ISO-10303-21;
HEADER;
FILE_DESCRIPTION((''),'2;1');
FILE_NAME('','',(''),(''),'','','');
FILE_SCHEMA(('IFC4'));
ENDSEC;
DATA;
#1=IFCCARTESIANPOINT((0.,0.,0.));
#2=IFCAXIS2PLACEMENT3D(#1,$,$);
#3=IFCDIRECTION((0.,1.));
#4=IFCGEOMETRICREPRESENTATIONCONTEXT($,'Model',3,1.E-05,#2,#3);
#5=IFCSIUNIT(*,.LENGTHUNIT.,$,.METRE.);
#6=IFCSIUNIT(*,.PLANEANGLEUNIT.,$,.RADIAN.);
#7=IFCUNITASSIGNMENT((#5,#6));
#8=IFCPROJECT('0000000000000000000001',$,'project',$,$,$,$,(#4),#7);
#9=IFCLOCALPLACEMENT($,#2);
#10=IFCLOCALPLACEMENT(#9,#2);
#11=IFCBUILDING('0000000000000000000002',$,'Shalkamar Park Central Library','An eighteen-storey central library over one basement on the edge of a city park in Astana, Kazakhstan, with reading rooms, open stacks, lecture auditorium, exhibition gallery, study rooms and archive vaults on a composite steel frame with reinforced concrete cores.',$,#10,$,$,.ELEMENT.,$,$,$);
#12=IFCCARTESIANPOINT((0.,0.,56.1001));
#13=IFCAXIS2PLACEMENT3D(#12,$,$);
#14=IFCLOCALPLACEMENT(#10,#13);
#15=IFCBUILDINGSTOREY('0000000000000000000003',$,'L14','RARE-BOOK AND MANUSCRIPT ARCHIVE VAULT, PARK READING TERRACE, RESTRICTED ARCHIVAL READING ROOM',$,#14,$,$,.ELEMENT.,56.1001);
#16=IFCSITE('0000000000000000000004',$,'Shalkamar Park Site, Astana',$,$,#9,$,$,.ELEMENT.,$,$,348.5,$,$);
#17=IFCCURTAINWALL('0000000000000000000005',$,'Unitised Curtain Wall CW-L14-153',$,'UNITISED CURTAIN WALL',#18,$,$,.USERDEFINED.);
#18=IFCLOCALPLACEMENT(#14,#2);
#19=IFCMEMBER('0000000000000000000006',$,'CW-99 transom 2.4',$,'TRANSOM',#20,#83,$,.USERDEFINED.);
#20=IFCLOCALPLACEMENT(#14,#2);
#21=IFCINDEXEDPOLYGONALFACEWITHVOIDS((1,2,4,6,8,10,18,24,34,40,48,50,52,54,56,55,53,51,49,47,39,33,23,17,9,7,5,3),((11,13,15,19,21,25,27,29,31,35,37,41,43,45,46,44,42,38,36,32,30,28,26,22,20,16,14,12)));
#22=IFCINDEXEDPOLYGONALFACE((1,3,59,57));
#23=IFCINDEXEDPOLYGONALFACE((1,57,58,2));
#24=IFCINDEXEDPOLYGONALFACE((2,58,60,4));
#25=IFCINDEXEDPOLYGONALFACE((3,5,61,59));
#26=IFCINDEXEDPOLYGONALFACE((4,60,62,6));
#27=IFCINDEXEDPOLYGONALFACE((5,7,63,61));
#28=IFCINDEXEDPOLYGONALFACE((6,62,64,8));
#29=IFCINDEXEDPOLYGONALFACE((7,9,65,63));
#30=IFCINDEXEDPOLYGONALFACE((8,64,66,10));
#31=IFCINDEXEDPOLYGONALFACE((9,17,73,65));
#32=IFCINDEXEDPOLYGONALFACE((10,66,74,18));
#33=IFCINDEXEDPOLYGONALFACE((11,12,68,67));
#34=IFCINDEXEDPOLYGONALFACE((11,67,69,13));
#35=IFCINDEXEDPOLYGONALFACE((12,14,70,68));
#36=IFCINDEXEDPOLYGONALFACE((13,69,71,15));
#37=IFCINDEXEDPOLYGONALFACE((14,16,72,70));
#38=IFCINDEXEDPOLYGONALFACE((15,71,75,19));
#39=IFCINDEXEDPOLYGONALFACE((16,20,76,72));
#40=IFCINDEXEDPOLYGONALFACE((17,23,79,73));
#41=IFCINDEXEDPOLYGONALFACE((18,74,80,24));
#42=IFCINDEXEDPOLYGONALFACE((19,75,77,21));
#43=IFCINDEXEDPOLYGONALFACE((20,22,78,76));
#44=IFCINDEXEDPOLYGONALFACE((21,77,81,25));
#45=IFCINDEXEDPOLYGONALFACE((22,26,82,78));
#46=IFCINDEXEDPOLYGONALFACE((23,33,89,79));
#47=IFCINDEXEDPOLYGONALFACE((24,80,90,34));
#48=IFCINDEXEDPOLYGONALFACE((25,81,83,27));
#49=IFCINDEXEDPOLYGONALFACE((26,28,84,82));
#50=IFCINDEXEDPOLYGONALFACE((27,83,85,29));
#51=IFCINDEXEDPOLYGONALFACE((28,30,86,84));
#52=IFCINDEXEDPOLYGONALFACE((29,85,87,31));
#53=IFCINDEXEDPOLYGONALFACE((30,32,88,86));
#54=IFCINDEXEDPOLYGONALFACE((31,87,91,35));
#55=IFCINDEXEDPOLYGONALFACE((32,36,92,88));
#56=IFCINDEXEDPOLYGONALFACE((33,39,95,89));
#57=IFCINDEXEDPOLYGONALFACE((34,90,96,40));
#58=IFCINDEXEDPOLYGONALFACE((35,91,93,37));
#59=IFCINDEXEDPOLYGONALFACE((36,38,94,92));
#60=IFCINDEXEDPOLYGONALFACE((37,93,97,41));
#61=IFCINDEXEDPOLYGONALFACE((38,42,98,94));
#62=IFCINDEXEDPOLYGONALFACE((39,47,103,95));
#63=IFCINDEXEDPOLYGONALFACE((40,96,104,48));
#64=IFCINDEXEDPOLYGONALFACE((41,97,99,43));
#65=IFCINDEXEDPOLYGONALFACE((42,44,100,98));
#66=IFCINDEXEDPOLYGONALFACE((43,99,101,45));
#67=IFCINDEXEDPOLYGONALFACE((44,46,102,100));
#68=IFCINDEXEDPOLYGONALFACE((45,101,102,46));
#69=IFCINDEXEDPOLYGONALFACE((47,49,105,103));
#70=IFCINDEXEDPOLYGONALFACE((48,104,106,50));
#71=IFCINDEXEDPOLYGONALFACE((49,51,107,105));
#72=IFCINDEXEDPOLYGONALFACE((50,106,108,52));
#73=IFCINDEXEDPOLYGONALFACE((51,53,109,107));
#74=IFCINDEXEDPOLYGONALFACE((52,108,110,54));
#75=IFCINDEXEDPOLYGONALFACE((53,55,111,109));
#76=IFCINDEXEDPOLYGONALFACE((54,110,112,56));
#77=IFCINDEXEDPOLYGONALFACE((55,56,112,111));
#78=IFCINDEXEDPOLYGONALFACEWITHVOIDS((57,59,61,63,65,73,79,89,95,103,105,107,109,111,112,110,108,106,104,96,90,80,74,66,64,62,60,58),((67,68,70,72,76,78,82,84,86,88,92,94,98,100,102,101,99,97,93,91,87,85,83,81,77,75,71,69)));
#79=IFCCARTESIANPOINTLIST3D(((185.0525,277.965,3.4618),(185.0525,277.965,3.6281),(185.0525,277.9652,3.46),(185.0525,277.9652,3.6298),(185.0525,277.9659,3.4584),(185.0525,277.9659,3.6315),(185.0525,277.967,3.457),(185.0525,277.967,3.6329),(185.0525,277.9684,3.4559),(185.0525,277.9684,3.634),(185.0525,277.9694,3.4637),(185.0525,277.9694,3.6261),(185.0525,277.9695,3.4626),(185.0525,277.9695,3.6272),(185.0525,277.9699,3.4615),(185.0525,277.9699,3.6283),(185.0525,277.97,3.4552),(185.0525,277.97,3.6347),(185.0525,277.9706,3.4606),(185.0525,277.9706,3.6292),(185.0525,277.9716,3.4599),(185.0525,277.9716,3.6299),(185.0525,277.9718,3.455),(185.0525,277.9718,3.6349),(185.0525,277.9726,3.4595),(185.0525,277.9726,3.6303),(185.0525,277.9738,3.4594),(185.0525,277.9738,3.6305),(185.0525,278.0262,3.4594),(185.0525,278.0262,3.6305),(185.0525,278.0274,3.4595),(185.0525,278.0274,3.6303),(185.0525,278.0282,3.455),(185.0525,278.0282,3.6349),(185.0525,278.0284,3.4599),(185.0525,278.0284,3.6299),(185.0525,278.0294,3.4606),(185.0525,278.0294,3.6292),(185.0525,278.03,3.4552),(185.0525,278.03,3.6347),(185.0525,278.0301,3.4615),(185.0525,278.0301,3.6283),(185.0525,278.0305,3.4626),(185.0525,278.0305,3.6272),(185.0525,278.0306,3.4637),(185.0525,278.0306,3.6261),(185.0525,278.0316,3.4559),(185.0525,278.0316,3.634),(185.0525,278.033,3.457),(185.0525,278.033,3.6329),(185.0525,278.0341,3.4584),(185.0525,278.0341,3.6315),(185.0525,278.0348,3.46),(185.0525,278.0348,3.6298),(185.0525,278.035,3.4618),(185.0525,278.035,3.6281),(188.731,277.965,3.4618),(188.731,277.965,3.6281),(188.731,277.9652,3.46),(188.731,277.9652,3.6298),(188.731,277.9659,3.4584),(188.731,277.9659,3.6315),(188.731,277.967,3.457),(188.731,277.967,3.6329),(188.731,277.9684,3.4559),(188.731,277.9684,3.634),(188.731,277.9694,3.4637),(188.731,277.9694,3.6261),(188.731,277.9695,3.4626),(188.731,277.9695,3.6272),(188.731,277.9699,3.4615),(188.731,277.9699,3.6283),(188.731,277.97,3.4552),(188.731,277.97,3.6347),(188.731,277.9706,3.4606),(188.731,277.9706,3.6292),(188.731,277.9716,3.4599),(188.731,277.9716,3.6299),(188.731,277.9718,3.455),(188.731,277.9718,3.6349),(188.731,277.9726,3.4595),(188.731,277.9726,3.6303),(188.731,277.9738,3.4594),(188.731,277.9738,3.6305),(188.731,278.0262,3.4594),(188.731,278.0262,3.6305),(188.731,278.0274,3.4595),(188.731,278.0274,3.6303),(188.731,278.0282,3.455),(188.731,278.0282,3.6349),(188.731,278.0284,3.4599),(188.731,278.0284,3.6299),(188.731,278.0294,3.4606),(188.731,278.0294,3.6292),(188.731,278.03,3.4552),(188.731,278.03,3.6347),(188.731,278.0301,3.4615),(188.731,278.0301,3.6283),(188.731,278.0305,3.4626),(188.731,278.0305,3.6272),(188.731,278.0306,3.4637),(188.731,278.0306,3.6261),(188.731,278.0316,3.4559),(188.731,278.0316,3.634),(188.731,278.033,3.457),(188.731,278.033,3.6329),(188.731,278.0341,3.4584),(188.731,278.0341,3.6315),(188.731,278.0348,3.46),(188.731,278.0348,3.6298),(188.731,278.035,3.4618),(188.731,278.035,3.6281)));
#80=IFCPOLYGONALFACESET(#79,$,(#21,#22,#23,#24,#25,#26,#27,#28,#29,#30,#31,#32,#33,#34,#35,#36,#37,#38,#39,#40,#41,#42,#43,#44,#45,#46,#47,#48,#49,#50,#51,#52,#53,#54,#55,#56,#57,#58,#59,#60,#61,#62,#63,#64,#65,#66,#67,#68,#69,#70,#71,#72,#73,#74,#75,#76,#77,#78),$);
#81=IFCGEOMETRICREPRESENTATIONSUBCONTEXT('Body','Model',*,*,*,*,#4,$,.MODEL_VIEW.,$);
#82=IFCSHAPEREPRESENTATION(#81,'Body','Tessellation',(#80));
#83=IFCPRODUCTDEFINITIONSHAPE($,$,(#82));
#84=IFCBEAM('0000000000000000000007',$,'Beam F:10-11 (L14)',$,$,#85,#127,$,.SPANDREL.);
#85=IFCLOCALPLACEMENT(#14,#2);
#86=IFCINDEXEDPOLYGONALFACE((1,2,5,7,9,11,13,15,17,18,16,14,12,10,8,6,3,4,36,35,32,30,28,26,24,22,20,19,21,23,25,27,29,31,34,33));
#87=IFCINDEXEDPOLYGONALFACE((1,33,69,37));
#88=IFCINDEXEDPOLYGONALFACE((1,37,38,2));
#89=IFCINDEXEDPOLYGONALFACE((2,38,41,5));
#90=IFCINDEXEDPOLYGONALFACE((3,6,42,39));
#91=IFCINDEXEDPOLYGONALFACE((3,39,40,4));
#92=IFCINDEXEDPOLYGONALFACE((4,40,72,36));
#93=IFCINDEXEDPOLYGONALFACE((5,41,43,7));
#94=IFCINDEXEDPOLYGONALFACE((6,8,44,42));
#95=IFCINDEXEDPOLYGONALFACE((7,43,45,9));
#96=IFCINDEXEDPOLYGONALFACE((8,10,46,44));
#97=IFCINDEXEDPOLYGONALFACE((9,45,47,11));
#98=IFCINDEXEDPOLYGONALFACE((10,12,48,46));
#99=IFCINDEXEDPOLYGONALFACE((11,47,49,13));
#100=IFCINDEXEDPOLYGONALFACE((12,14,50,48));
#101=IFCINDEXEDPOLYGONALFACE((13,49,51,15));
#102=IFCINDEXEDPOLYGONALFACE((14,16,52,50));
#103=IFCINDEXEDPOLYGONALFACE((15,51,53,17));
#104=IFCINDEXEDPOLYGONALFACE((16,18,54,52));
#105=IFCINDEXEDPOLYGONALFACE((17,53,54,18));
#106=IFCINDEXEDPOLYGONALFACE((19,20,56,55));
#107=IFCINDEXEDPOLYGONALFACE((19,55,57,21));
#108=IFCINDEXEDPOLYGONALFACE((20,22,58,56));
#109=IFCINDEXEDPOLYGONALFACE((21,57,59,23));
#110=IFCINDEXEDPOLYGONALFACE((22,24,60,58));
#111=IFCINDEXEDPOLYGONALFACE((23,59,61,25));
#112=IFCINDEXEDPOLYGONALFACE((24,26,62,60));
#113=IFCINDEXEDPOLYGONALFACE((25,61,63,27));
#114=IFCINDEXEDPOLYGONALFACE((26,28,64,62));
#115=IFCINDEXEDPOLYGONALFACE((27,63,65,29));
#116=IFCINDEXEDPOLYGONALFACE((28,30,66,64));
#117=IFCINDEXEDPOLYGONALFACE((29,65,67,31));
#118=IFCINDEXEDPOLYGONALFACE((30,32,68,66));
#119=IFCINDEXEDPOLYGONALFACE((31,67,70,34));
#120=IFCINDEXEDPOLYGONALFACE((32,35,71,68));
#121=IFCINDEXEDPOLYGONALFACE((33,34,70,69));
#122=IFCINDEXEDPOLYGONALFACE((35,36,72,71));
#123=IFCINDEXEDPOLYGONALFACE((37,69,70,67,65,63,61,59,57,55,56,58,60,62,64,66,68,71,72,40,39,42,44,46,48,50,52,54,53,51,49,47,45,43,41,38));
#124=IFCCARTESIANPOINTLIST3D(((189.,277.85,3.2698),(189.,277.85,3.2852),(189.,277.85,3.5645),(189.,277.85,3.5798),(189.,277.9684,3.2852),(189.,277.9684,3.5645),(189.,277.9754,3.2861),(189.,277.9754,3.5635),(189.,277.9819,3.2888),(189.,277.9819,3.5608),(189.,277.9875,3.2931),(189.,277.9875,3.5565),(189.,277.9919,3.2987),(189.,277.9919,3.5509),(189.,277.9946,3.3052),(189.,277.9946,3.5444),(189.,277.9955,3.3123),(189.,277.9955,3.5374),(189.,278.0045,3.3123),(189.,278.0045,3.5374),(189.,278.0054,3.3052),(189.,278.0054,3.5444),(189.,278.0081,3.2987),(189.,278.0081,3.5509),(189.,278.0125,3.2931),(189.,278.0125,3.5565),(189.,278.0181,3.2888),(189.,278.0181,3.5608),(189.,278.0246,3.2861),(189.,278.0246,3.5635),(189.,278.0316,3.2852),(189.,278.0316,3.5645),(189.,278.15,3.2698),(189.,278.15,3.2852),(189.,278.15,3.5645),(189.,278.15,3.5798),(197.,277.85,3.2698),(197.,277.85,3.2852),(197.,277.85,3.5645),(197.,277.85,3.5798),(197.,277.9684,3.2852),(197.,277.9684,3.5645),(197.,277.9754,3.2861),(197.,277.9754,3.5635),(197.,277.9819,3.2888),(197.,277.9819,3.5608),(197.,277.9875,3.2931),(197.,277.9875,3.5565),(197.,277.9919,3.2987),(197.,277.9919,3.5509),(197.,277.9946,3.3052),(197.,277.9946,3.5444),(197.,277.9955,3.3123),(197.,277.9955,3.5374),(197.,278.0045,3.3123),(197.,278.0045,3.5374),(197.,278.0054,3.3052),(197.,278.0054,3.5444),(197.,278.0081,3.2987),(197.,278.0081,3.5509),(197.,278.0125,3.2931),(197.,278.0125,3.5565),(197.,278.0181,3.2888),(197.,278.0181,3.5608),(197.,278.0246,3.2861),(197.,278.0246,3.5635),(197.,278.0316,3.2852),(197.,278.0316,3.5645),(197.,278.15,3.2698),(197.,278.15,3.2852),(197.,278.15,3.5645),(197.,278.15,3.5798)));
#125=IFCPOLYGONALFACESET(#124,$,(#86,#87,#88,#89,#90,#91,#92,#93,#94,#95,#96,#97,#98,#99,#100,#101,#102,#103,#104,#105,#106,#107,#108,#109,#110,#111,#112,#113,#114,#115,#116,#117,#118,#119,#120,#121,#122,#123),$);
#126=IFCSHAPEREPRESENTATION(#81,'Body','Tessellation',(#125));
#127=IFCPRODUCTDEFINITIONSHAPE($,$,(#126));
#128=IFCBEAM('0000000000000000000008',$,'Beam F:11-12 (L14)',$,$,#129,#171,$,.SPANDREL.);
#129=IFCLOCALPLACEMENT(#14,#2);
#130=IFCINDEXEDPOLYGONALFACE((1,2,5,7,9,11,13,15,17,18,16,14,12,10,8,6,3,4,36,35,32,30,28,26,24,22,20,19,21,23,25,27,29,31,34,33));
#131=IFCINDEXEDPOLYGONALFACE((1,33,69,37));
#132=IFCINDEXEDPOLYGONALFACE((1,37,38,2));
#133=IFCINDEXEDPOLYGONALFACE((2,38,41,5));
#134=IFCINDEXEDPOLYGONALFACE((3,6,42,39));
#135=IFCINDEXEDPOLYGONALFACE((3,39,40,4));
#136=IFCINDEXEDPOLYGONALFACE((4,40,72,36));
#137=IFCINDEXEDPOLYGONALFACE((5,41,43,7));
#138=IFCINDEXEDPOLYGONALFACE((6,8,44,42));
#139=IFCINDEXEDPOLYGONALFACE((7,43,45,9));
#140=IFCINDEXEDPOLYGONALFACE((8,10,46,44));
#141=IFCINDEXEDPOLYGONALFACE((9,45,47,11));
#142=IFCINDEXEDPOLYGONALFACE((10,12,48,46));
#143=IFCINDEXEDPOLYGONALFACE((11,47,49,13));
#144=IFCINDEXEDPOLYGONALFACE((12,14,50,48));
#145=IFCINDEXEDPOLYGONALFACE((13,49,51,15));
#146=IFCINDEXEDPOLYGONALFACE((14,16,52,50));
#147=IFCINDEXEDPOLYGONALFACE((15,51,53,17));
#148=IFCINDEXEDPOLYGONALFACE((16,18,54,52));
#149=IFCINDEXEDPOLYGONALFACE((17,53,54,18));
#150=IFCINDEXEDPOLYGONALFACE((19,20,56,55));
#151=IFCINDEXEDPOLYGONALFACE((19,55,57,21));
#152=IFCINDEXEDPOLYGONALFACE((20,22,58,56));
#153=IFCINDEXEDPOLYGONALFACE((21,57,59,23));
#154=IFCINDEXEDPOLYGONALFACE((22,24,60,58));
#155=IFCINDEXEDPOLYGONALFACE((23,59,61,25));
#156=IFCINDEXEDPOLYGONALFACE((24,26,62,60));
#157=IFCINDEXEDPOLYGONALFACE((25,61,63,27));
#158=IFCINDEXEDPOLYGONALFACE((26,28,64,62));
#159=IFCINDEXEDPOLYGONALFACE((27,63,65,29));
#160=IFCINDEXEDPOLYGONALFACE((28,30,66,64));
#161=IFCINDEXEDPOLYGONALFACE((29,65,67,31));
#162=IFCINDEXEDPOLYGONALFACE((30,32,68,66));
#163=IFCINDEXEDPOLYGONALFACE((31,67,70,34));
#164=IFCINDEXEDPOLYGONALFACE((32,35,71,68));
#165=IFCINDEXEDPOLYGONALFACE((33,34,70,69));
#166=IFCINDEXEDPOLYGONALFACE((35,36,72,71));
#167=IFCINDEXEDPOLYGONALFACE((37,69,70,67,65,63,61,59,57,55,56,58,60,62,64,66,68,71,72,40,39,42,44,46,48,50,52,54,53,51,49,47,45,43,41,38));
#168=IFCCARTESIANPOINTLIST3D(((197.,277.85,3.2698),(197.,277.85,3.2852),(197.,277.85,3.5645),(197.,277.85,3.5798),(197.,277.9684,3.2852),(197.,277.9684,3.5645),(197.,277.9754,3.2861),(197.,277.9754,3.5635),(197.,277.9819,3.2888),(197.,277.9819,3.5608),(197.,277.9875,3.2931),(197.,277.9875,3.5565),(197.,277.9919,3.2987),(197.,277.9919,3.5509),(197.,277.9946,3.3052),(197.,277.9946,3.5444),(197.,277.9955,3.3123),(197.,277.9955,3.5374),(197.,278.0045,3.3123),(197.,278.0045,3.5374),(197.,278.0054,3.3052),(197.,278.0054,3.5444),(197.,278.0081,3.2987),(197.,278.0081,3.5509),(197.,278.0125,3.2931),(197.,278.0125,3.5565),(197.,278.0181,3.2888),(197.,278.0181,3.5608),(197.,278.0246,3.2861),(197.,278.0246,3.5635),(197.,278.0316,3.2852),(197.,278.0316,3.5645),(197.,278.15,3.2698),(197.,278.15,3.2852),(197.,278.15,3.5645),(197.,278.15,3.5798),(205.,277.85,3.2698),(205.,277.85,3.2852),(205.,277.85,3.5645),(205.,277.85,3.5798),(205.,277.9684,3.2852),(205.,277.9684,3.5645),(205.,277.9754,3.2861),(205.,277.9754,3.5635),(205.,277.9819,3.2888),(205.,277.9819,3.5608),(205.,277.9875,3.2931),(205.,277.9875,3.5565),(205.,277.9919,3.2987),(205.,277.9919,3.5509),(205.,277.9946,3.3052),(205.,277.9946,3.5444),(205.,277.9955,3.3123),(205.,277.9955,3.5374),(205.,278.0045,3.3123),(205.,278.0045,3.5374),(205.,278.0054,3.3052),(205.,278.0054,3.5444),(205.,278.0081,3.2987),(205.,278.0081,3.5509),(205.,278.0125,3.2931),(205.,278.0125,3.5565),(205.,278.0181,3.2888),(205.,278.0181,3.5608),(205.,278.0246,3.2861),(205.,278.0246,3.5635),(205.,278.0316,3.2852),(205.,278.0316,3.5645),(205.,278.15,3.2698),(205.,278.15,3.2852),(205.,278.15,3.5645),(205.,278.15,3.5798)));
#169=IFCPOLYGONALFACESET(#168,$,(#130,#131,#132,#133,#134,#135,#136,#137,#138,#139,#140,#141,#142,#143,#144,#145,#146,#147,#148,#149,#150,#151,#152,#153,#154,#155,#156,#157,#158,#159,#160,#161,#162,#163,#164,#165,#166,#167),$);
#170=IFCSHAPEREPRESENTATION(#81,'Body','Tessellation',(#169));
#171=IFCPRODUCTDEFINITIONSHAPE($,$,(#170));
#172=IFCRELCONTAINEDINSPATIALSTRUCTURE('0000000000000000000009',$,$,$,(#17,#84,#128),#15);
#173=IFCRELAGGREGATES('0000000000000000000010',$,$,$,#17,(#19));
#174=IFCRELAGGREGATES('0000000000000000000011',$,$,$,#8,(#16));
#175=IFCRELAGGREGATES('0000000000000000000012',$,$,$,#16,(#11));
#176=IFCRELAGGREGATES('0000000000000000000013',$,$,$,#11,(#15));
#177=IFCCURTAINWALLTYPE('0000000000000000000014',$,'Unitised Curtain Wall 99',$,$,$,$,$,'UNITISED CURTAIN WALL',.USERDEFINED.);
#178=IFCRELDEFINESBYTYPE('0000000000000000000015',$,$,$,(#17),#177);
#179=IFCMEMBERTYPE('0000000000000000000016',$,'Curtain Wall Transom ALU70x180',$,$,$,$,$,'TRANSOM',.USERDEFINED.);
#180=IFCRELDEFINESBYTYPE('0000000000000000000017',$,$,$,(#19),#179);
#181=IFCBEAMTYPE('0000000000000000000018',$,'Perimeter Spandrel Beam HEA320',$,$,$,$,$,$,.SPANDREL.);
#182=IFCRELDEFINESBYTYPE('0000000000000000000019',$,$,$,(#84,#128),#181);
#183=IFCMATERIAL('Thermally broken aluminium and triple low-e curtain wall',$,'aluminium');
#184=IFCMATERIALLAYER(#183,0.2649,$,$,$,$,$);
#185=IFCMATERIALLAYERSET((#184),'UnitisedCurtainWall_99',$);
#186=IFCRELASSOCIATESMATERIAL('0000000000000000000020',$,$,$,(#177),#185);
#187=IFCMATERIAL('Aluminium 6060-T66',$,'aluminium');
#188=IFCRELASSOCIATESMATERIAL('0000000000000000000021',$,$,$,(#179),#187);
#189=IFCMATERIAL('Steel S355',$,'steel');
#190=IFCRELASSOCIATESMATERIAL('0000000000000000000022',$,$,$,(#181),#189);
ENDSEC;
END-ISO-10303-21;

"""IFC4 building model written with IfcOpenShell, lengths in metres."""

from ifc_helpers import new_model, si_unit, direction, frame, origin, origin_2d, place, context, subcontext, project, spatial, hollow_rectangle, i_section, extrude, material, layer, layer_set, material_profile, profile_set, type_object, element, aggregate, save


model = new_model("IFC4")

# Units and contexts
model_context = context("Model", 3, precision=1e-05, world=origin(), true_north=direction((0.0, 1.0)))
body_context = subcontext(model_context, "Body", "Model", "MODEL_VIEW")
ifc_project = project(units=[si_unit("LENGTHUNIT", "METRE"), si_unit("PLANEANGLEUNIT", "RADIAN")], contexts=[model_context])

# Site, building, storey
site_placement = place(None, origin())
site = spatial("IfcSite", under=ifc_project, at=site_placement, Name="Shalkamar Park Site, Astana", CompositionType="ELEMENT", RefElevation=348.5)
building_placement = place(site_placement, origin())
building = spatial("IfcBuilding", under=site, at=building_placement, Name="Shalkamar Park Central Library", Description="An eighteen-storey central library over one basement on the edge of a city park in Astana, Kazakhstan, with reading rooms, open stacks, lecture auditorium, exhibition gallery, study rooms and archive vaults on a composite steel frame with reinforced concrete cores.", CompositionType="ELEMENT")
storey_placement = place(building_placement, frame((0.0, 0.0, 56.1001)))
storey = spatial("IfcBuildingStorey", under=building, at=storey_placement, Name="L14", Description="RARE-BOOK AND MANUSCRIPT ARCHIVE VAULT, PARK READING TERRACE, RESTRICTED ARCHIVAL READING ROOM", CompositionType="ELEMENT", Elevation=56.1001)

# Shared definitions
ifc_material_1 = material(Name="Steel S355", Category="steel")

# Shared definitions
ifc_material_2 = material(Name="Thermally broken aluminium and triple low-e curtain wall", Category="aluminium")
ifc_material_3 = material(Name="Aluminium 6060-T66", Category="aluminium")

# Curtain wall
ifc_layer_1 = layer(ifc_material_2, 0.2649)
ifc_layer_set_1 = layer_set([ifc_layer_1], Name="UnitisedCurtainWall_99")
curtain_wall_type_1 = type_object("IfcCurtainWallType", Name="Unitised Curtain Wall 99", ElementType="UNITISED CURTAIN WALL", PredefinedType="USERDEFINED", material=ifc_layer_set_1)
curtain_wall_1_placement = place(storey_placement, origin())
curtain_wall_1 = element("IfcCurtainWall", 1, at=curtain_wall_1_placement, inside=storey, type_object=curtain_wall_type_1, Name="Unitised Curtain Wall CW-L14-153", ObjectType="UNITISED CURTAIN WALL", PredefinedType="USERDEFINED")

# Member
ifc_material_profile_1 = material_profile(ifc_material_3, hollow_rectangle(XDim=0.0701, YDim=0.1799, WallThickness=0.0044, InnerFilletRadius=0.0044, OuterFilletRadius=0.0068, at=origin_2d()), Name="ALU 70x180x4.5")
ifc_profile_set_1 = profile_set([ifc_material_profile_1], Name="Aluminium 6060-T66")
member_type_1 = type_object("IfcMemberType", Name="Curtain Wall Transom ALU70x180", ElementType="TRANSOM", PredefinedType="USERDEFINED", material=ifc_profile_set_1)
member_1_placement = place(storey_placement, frame((185.0525, 278.0, 3.5449), z_axis=(1.0, 0.0, 0.0), x_axis=(0.0, 1.0, 0.0)))
member_1 = element("IfcMember", 2, at=member_1_placement, type_object=member_type_1, Name="CW-99 transom 2.4", ObjectType="TRANSOM", PredefinedType="USERDEFINED", context=body_context, shape_type="SweptSolid", body=[
    extrude(hollow_rectangle(XDim=0.0701, YDim=0.1799, WallThickness=0.0044, InnerFilletRadius=0.0044, OuterFilletRadius=0.0068, at=origin_2d()), origin(), (0.0, 0.0, 1.0), 3.6785),
])

# Beams
ifc_material_profile_2 = material_profile(ifc_material_1, i_section(OverallWidth=0.3, OverallDepth=0.3101, WebThickness=0.009, FlangeThickness=0.0154, FilletRadius=0.0271, at=origin_2d()), Name="HEA 320")
ifc_profile_set_2 = profile_set([ifc_material_profile_2], Name="Steel S355")
beam_type_1 = type_object("IfcBeamType", Name="Perimeter Spandrel Beam HEA320", PredefinedType="SPANDREL", material=ifc_profile_set_2)
for number, where, z_axis, x_axis, name in (
    (3, (189.0, 278.0, 3.4248), (1.0, 0.0, 0.0), (0.0, 1.0, 0.0), "Beam F:10-11 (L14)"),
    (4, (197.0, 278.0, 3.4248), (1.0, 0.0, 0.0), (0.0, 1.0, 0.0), "Beam F:11-12 (L14)"),
):
    element("IfcBeam", number, at=place(storey_placement, frame(where, z_axis=z_axis, x_axis=x_axis)), inside=storey, type_object=beam_type_1, Name=name, PredefinedType="SPANDREL", context=body_context, shape_type="SweptSolid", body=[
        extrude(i_section(OverallWidth=0.3, OverallDepth=0.3101, WebThickness=0.009, FlangeThickness=0.0154, FilletRadius=0.0271, at=origin_2d()), origin(), (0.0, 0.0, 1.0), 8.0),
    ])

aggregate(curtain_wall_1, [member_1])

save(model, "model.ifc")
